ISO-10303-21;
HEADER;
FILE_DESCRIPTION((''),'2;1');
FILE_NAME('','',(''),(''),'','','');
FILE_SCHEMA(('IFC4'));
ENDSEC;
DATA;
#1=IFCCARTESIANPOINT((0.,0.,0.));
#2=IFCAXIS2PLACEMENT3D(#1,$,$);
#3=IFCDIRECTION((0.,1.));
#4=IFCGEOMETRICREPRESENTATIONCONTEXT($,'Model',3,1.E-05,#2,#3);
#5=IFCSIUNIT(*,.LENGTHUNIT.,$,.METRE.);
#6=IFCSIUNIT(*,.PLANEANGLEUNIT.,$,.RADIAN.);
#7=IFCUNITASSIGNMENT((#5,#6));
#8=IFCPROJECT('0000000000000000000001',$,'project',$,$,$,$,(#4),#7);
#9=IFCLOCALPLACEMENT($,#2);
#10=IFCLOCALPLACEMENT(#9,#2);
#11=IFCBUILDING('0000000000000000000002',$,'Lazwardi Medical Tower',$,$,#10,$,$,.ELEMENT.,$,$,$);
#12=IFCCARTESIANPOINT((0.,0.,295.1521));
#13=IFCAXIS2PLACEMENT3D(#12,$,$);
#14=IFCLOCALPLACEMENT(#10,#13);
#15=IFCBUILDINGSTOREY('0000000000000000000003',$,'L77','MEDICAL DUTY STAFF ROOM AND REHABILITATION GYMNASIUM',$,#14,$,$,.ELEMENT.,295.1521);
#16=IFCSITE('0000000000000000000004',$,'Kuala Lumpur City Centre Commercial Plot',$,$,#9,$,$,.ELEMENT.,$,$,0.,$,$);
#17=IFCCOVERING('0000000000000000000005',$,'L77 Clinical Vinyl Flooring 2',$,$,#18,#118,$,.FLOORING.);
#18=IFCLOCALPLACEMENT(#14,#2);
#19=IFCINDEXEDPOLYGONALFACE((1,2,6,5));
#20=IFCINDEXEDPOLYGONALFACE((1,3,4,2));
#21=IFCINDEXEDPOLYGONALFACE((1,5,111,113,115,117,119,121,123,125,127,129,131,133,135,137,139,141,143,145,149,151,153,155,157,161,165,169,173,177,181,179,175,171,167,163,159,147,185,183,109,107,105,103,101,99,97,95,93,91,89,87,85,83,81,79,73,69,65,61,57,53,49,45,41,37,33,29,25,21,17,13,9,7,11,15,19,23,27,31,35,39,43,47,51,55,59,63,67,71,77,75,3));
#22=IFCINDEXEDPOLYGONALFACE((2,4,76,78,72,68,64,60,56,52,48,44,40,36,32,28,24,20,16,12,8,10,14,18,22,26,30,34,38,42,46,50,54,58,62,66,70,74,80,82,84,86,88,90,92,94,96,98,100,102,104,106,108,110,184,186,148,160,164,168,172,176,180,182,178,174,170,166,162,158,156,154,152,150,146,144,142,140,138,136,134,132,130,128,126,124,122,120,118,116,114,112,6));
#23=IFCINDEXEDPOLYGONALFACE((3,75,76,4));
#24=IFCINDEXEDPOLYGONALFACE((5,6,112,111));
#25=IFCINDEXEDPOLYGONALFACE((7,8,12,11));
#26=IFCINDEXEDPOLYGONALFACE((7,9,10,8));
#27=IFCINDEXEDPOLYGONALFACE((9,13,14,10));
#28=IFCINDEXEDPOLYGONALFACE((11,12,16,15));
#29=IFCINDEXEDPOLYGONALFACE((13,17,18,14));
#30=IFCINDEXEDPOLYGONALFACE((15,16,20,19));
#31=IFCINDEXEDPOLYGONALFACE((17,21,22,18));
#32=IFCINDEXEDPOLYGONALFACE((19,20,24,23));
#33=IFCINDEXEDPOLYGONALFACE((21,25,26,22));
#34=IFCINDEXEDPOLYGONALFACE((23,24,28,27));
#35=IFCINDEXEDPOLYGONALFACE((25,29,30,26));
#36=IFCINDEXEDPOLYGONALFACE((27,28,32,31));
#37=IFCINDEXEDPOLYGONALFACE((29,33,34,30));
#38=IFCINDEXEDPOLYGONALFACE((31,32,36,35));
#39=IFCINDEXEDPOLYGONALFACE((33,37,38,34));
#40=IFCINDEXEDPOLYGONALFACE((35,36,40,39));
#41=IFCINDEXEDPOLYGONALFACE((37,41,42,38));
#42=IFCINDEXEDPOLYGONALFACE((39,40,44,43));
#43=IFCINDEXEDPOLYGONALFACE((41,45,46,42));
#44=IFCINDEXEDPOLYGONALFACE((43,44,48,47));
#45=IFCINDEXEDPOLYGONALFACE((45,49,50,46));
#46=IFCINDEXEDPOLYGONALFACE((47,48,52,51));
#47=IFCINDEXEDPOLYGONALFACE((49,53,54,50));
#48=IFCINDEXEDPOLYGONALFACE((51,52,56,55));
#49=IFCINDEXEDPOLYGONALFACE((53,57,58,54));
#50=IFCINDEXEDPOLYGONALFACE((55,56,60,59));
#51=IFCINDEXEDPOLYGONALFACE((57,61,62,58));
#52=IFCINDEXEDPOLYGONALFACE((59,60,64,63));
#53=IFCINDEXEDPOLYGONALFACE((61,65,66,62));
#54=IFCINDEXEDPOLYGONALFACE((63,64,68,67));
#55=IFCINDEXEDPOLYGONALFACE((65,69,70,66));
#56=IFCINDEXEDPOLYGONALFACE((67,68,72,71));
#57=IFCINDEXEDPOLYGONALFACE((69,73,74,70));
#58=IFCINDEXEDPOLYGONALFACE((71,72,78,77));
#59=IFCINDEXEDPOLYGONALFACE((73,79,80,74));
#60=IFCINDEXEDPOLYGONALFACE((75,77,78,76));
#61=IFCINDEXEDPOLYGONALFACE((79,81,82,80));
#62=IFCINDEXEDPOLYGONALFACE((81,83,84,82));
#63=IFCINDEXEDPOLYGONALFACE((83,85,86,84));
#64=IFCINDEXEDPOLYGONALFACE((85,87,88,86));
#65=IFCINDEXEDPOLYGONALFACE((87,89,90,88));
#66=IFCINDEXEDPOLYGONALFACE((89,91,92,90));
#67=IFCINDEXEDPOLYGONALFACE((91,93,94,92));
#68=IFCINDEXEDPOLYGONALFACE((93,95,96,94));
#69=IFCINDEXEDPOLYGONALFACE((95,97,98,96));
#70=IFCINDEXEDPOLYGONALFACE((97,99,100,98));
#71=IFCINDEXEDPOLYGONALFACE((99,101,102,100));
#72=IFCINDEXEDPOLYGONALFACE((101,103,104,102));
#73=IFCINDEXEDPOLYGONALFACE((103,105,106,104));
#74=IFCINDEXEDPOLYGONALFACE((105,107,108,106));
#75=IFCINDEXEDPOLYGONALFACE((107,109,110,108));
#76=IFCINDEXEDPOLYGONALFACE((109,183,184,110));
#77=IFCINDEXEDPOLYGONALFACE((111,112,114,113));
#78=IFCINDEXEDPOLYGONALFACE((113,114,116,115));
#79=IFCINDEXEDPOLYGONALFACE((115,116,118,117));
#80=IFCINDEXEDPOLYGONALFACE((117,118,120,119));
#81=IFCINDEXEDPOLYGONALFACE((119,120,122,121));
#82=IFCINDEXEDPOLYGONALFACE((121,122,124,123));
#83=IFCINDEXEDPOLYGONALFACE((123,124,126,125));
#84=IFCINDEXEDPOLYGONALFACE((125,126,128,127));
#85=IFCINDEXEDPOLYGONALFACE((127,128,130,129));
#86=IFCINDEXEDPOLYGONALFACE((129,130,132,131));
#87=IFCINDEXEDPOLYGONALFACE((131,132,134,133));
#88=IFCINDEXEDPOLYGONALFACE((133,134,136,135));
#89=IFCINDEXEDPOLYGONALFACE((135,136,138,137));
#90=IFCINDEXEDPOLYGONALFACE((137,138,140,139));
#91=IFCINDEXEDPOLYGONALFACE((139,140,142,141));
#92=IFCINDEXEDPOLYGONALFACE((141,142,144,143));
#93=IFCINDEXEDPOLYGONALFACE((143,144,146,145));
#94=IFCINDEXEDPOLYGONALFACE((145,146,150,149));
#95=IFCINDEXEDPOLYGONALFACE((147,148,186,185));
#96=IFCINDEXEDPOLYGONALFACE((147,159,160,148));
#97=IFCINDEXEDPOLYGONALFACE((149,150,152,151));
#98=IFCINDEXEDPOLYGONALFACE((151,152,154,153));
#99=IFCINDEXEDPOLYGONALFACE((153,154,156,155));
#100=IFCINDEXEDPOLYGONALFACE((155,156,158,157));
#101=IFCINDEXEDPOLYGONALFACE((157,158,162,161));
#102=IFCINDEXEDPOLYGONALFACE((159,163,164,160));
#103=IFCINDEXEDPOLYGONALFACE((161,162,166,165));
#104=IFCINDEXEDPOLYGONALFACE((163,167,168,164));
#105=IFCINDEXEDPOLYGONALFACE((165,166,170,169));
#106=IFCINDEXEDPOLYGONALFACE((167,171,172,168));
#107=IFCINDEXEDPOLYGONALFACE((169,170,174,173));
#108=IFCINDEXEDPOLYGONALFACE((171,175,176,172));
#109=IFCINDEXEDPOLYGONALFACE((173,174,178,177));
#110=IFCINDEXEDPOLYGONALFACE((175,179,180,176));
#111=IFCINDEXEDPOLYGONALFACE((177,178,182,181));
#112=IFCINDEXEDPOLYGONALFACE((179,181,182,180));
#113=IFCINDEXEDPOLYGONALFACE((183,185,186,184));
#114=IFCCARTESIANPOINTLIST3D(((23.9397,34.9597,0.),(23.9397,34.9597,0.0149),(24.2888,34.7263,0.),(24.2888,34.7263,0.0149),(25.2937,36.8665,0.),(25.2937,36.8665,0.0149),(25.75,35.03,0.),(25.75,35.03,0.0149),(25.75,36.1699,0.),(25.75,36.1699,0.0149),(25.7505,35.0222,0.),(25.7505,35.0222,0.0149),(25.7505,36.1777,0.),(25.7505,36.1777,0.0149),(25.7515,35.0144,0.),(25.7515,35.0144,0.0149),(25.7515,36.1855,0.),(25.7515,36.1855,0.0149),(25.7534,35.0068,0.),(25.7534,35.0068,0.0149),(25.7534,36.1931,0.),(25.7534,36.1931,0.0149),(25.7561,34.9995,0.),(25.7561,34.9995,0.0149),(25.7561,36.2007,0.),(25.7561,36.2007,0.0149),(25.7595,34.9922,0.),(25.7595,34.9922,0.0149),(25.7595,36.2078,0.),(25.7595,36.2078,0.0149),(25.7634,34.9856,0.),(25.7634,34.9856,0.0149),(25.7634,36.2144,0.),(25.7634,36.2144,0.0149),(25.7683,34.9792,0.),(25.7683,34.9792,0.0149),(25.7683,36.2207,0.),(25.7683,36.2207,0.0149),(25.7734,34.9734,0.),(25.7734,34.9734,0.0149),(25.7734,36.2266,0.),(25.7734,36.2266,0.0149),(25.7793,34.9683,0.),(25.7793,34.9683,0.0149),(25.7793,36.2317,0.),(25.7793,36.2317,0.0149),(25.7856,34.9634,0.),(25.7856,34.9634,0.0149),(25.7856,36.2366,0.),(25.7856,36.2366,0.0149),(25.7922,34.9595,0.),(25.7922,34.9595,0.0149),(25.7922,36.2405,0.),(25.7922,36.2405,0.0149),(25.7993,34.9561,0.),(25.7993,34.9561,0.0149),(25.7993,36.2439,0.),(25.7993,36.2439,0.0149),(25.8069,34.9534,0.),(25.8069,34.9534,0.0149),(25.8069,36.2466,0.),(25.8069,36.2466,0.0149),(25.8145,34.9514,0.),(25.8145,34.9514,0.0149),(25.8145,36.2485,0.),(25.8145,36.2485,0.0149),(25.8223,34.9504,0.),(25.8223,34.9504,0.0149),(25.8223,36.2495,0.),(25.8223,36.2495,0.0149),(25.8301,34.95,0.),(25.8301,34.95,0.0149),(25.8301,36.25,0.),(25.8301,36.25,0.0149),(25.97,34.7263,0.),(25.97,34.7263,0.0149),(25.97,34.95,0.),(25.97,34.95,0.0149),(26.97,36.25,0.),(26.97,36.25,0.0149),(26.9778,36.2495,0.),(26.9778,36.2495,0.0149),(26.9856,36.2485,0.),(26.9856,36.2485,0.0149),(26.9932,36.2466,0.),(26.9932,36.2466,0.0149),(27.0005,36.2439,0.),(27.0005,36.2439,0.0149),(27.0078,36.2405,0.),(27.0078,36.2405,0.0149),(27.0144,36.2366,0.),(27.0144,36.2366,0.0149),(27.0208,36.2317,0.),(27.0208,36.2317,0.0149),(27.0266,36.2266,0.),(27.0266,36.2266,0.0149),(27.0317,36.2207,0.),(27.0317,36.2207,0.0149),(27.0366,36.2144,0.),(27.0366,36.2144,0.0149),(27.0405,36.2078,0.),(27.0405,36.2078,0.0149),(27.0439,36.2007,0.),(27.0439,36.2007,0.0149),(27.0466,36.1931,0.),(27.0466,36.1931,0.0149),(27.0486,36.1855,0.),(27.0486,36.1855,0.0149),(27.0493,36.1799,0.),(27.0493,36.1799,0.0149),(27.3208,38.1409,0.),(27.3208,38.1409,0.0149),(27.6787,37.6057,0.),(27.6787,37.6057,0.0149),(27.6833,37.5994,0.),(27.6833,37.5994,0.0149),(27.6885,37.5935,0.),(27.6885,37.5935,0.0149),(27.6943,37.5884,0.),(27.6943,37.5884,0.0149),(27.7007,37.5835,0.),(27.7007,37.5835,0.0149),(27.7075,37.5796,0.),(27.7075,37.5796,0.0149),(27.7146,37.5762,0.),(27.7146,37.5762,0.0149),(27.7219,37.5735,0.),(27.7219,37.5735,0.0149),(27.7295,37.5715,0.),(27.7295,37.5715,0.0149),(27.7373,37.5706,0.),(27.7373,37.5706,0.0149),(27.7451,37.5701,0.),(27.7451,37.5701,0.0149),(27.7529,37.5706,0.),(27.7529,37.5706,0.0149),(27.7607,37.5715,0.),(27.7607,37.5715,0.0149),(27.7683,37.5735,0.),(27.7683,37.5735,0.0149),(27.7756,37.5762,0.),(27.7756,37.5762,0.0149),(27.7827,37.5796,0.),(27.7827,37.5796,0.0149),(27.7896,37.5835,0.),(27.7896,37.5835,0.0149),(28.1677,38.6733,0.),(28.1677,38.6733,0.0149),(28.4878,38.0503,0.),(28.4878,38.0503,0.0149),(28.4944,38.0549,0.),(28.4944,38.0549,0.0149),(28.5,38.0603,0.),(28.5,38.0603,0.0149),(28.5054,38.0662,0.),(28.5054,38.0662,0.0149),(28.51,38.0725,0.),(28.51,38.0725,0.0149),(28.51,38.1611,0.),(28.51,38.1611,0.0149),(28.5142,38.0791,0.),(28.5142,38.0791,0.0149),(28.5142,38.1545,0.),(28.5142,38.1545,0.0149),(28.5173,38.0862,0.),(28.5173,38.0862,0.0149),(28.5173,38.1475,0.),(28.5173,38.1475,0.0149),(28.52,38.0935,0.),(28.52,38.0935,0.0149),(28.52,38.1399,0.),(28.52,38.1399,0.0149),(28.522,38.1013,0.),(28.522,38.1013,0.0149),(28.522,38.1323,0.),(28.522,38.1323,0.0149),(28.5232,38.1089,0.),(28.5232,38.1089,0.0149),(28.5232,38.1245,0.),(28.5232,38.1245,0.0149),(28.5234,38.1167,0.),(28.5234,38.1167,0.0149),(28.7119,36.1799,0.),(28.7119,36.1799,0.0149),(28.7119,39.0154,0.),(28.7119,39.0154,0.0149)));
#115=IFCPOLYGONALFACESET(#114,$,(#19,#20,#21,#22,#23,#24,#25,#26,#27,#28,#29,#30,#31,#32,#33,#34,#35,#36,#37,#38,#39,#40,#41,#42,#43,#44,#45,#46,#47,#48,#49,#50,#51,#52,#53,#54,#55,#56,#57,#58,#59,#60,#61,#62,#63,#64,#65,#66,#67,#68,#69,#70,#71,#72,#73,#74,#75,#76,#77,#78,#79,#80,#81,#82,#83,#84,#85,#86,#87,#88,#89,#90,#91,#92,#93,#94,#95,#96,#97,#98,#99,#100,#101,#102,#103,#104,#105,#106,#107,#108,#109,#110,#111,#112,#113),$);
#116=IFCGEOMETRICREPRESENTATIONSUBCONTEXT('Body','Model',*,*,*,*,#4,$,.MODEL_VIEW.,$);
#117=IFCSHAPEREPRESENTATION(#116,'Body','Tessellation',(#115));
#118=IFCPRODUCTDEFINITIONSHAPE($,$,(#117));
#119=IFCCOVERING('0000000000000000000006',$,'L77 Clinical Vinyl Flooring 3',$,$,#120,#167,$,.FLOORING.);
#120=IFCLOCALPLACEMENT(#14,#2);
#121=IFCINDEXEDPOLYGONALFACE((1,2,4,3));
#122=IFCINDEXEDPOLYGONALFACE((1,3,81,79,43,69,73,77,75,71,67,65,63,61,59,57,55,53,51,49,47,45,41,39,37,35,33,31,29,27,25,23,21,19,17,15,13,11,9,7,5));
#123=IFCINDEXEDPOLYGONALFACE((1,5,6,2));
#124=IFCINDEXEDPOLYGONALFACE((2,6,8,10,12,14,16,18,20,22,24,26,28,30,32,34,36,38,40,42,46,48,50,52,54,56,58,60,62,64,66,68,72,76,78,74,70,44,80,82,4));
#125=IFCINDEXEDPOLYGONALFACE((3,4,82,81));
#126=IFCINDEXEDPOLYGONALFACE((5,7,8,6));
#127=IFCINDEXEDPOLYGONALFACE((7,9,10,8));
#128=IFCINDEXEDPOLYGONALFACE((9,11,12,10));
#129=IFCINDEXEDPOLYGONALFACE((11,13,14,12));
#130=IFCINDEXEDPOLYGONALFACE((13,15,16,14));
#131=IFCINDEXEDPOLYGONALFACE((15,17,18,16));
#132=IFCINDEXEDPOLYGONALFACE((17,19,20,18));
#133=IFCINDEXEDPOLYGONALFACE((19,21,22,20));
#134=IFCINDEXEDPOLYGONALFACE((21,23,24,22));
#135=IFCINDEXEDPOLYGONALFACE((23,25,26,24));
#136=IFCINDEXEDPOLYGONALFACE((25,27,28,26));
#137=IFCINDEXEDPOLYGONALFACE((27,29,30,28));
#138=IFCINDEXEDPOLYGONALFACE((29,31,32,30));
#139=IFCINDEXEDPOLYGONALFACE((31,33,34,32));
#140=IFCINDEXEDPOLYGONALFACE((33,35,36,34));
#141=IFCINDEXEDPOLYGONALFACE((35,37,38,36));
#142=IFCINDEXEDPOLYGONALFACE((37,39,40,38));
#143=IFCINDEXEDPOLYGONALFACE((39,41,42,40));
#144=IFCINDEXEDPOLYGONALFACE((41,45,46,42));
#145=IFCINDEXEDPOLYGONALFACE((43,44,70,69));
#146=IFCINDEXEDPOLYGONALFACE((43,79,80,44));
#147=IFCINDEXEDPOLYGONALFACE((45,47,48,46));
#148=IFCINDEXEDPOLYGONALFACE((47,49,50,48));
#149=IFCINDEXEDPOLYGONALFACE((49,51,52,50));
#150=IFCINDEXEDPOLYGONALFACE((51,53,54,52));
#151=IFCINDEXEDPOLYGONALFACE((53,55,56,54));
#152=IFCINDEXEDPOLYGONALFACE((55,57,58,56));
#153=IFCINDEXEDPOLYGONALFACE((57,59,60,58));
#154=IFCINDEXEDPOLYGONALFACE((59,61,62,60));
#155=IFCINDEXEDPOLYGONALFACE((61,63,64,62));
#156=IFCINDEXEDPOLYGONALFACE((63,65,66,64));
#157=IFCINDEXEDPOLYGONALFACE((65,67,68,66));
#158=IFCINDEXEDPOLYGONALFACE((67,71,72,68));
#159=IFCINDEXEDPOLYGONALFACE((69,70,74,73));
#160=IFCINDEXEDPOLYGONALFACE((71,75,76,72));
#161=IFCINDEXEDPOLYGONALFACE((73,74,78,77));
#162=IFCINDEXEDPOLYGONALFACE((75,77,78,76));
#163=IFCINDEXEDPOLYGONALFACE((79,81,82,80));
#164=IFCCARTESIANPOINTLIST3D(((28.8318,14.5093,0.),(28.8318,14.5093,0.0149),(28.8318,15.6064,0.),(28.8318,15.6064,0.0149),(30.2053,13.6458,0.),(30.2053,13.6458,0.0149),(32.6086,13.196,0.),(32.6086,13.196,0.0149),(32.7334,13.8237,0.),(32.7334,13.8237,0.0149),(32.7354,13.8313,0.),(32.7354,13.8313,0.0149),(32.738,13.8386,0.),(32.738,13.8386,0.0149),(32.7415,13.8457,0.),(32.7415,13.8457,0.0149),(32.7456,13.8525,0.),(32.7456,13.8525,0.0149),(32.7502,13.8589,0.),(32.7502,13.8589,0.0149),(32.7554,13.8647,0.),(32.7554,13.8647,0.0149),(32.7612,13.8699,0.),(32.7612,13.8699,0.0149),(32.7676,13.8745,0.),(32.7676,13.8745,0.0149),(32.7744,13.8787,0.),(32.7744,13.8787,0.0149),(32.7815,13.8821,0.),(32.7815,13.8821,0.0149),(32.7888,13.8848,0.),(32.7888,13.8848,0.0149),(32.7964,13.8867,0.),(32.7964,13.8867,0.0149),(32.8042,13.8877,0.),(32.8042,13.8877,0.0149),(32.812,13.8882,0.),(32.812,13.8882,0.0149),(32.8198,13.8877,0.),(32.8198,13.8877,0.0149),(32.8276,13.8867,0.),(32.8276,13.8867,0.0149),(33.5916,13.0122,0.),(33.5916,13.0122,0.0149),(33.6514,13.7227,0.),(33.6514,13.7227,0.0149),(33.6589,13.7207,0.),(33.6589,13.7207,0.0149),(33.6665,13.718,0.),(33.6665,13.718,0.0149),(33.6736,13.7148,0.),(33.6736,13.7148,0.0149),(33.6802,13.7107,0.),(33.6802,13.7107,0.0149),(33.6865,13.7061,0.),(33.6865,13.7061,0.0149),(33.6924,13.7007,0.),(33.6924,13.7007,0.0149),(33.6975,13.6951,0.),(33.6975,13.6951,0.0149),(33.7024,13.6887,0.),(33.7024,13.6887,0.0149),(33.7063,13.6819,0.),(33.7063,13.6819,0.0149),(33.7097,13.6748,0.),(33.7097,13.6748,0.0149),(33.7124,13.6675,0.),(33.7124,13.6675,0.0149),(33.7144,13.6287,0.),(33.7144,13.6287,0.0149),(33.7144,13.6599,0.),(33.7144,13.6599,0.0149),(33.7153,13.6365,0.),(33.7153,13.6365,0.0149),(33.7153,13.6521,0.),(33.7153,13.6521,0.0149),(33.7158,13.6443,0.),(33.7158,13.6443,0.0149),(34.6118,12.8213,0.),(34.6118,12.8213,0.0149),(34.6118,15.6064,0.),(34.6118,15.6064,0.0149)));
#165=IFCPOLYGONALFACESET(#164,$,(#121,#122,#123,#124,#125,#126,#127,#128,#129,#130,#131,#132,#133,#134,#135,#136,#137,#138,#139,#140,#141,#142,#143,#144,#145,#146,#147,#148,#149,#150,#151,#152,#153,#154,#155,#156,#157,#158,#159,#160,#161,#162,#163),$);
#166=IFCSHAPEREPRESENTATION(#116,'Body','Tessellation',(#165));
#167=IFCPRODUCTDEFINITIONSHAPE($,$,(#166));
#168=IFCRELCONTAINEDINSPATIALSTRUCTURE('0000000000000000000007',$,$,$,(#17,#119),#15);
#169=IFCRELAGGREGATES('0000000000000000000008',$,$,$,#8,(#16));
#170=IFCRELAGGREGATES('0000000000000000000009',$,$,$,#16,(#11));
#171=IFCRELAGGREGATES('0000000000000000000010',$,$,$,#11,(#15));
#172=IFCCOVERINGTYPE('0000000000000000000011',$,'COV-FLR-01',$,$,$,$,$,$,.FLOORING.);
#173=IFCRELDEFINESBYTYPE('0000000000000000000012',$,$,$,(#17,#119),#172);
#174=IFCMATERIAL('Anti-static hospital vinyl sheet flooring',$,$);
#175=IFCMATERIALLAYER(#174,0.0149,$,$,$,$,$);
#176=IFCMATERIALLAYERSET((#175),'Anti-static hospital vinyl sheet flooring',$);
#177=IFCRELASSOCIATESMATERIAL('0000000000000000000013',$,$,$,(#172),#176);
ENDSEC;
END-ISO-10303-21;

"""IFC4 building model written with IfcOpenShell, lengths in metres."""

from ifc_helpers import new_model, si_unit, direction, frame, origin, place, context, subcontext, project, spatial, polyline, outline, extrude, material, layer, layer_set, type_object, element, save


model = new_model("IFC4")

# Units and contexts
model_context = context("Model", 3, precision=1e-05, world=origin(), true_north=direction((0.0, 1.0)))
body_context = subcontext(model_context, "Body", "Model", "MODEL_VIEW")
ifc_project = project(units=[si_unit("LENGTHUNIT", "METRE"), si_unit("PLANEANGLEUNIT", "RADIAN")], contexts=[model_context])

# Site, building, storey
site_placement = place(None, origin())
site = spatial("IfcSite", under=ifc_project, at=site_placement, Name="Kuala Lumpur City Centre Commercial Plot", CompositionType="ELEMENT", RefElevation=0.0)
building_placement = place(site_placement, origin())
building = spatial("IfcBuilding", under=site, at=building_placement, Name="Lazwardi Medical Tower", CompositionType="ELEMENT")
storey_placement = place(building_placement, frame((0.0, 0.0, 295.1521)))
storey = spatial("IfcBuildingStorey", under=building, at=storey_placement, Name="L77", Description="MEDICAL DUTY STAFF ROOM AND REHABILITATION GYMNASIUM", CompositionType="ELEMENT", Elevation=295.1521)

# Coverings
ifc_material_1 = material(Name="Anti-static hospital vinyl sheet flooring")
ifc_layer_1 = layer(ifc_material_1, 0.0149)
ifc_layer_set_1 = layer_set([ifc_layer_1], Name="Anti-static hospital vinyl sheet flooring")
covering_type_1 = type_object("IfcCoveringType", Name="COV-FLR-01", PredefinedType="FLOORING", material=ifc_layer_set_1)
covering_1_placement = place(storey_placement, origin())
element("IfcCovering", 1, at=covering_1_placement, inside=storey, type_object=covering_type_1, Name="L77 Clinical Vinyl Flooring 2", PredefinedType="FLOORING", context=body_context, shape_type="SweptSolid", body=[
    extrude(outline(polyline([(28.7119, 39.0154), (28.1677, 38.6733), (28.51, 38.1611), (28.5142, 38.1545), (28.5173, 38.1475), (28.52, 38.1399), (28.522, 38.1323), (28.5232, 38.1245), (28.5234, 38.1167), (28.5232, 38.1089), (28.522, 38.1013), (28.52, 38.0935), (28.5173, 38.0862), (28.5142, 38.0791), (28.51, 38.0725), (28.5054, 38.0662), (28.5, 38.0603), (28.4944, 38.0549), (28.4878, 38.0503), (27.7896, 37.5835), (27.7827, 37.5796), (27.7756, 37.5762), (27.7683, 37.5735), (27.7607, 37.5715), (27.7529, 37.5706), (27.7451, 37.5701), (27.7373, 37.5706), (27.7295, 37.5715), (27.7219, 37.5735), (27.7146, 37.5762), (27.7075, 37.5796), (27.7007, 37.5835), (27.6943, 37.5884), (27.6885, 37.5935), (27.6833, 37.5994), (27.6787, 37.6057), (27.3208, 38.1409), (25.2937, 36.8665), (23.9397, 34.9597), (24.2888, 34.7263), (25.97, 34.7263), (25.97, 34.95), (25.8301, 34.95), (25.8223, 34.9504), (25.8145, 34.9514), (25.8069, 34.9534), (25.7993, 34.9561), (25.7922, 34.9595), (25.7856, 34.9634), (25.7793, 34.9683), (25.7734, 34.9734), (25.7683, 34.9792), (25.7634, 34.9856), (25.7595, 34.9922), (25.7561, 34.9995), (25.7534, 35.0068), (25.7515, 35.0144), (25.7505, 35.0222), (25.75, 35.03), (25.75, 36.1699), (25.7505, 36.1777), (25.7515, 36.1855), (25.7534, 36.1931), (25.7561, 36.2007), (25.7595, 36.2078), (25.7634, 36.2144), (25.7683, 36.2207), (25.7734, 36.2266), (25.7793, 36.2317), (25.7856, 36.2366), (25.7922, 36.2405), (25.7993, 36.2439), (25.8069, 36.2466), (25.8145, 36.2485), (25.8223, 36.2495), (25.8301, 36.25), (26.97, 36.25), (26.9778, 36.2495), (26.9856, 36.2485), (26.9932, 36.2466), (27.0005, 36.2439), (27.0078, 36.2405), (27.0144, 36.2366), (27.0208, 36.2317), (27.0266, 36.2266), (27.0317, 36.2207), (27.0366, 36.2144), (27.0405, 36.2078), (27.0439, 36.2007), (27.0466, 36.1931), (27.0486, 36.1855), (27.0493, 36.1799), (28.7119, 36.1799), (28.7119, 39.0154)])), origin(), (0.0, 0.0, 1.0), 0.0149),
])
covering_2_placement = place(storey_placement, origin())
element("IfcCovering", 2, at=covering_2_placement, inside=storey, type_object=covering_type_1, Name="L77 Clinical Vinyl Flooring 3", PredefinedType="FLOORING", context=body_context, shape_type="SweptSolid", body=[
    extrude(outline(polyline([(28.8318, 14.5093), (30.2053, 13.6458), (32.6086, 13.196), (32.7334, 13.8237), (32.7354, 13.8313), (32.738, 13.8386), (32.7415, 13.8457), (32.7456, 13.8525), (32.7502, 13.8589), (32.7554, 13.8647), (32.7612, 13.8699), (32.7676, 13.8745), (32.7744, 13.8787), (32.7815, 13.8821), (32.7888, 13.8848), (32.7964, 13.8867), (32.8042, 13.8877), (32.812, 13.8882), (32.8198, 13.8877), (32.8276, 13.8867), (33.6514, 13.7227), (33.6589, 13.7207), (33.6665, 13.718), (33.6736, 13.7148), (33.6802, 13.7107), (33.6865, 13.7061), (33.6924, 13.7007), (33.6975, 13.6951), (33.7024, 13.6887), (33.7063, 13.6819), (33.7097, 13.6748), (33.7124, 13.6675), (33.7144, 13.6599), (33.7153, 13.6521), (33.7158, 13.6443), (33.7153, 13.6365), (33.7144, 13.6287), (33.5916, 13.0122), (34.6118, 12.8213), (34.6118, 15.6064), (28.8318, 15.6064), (28.8318, 14.5093)])), origin(), (0.0, 0.0, 1.0), 0.0149),
])

save(model, "model.ifc")
